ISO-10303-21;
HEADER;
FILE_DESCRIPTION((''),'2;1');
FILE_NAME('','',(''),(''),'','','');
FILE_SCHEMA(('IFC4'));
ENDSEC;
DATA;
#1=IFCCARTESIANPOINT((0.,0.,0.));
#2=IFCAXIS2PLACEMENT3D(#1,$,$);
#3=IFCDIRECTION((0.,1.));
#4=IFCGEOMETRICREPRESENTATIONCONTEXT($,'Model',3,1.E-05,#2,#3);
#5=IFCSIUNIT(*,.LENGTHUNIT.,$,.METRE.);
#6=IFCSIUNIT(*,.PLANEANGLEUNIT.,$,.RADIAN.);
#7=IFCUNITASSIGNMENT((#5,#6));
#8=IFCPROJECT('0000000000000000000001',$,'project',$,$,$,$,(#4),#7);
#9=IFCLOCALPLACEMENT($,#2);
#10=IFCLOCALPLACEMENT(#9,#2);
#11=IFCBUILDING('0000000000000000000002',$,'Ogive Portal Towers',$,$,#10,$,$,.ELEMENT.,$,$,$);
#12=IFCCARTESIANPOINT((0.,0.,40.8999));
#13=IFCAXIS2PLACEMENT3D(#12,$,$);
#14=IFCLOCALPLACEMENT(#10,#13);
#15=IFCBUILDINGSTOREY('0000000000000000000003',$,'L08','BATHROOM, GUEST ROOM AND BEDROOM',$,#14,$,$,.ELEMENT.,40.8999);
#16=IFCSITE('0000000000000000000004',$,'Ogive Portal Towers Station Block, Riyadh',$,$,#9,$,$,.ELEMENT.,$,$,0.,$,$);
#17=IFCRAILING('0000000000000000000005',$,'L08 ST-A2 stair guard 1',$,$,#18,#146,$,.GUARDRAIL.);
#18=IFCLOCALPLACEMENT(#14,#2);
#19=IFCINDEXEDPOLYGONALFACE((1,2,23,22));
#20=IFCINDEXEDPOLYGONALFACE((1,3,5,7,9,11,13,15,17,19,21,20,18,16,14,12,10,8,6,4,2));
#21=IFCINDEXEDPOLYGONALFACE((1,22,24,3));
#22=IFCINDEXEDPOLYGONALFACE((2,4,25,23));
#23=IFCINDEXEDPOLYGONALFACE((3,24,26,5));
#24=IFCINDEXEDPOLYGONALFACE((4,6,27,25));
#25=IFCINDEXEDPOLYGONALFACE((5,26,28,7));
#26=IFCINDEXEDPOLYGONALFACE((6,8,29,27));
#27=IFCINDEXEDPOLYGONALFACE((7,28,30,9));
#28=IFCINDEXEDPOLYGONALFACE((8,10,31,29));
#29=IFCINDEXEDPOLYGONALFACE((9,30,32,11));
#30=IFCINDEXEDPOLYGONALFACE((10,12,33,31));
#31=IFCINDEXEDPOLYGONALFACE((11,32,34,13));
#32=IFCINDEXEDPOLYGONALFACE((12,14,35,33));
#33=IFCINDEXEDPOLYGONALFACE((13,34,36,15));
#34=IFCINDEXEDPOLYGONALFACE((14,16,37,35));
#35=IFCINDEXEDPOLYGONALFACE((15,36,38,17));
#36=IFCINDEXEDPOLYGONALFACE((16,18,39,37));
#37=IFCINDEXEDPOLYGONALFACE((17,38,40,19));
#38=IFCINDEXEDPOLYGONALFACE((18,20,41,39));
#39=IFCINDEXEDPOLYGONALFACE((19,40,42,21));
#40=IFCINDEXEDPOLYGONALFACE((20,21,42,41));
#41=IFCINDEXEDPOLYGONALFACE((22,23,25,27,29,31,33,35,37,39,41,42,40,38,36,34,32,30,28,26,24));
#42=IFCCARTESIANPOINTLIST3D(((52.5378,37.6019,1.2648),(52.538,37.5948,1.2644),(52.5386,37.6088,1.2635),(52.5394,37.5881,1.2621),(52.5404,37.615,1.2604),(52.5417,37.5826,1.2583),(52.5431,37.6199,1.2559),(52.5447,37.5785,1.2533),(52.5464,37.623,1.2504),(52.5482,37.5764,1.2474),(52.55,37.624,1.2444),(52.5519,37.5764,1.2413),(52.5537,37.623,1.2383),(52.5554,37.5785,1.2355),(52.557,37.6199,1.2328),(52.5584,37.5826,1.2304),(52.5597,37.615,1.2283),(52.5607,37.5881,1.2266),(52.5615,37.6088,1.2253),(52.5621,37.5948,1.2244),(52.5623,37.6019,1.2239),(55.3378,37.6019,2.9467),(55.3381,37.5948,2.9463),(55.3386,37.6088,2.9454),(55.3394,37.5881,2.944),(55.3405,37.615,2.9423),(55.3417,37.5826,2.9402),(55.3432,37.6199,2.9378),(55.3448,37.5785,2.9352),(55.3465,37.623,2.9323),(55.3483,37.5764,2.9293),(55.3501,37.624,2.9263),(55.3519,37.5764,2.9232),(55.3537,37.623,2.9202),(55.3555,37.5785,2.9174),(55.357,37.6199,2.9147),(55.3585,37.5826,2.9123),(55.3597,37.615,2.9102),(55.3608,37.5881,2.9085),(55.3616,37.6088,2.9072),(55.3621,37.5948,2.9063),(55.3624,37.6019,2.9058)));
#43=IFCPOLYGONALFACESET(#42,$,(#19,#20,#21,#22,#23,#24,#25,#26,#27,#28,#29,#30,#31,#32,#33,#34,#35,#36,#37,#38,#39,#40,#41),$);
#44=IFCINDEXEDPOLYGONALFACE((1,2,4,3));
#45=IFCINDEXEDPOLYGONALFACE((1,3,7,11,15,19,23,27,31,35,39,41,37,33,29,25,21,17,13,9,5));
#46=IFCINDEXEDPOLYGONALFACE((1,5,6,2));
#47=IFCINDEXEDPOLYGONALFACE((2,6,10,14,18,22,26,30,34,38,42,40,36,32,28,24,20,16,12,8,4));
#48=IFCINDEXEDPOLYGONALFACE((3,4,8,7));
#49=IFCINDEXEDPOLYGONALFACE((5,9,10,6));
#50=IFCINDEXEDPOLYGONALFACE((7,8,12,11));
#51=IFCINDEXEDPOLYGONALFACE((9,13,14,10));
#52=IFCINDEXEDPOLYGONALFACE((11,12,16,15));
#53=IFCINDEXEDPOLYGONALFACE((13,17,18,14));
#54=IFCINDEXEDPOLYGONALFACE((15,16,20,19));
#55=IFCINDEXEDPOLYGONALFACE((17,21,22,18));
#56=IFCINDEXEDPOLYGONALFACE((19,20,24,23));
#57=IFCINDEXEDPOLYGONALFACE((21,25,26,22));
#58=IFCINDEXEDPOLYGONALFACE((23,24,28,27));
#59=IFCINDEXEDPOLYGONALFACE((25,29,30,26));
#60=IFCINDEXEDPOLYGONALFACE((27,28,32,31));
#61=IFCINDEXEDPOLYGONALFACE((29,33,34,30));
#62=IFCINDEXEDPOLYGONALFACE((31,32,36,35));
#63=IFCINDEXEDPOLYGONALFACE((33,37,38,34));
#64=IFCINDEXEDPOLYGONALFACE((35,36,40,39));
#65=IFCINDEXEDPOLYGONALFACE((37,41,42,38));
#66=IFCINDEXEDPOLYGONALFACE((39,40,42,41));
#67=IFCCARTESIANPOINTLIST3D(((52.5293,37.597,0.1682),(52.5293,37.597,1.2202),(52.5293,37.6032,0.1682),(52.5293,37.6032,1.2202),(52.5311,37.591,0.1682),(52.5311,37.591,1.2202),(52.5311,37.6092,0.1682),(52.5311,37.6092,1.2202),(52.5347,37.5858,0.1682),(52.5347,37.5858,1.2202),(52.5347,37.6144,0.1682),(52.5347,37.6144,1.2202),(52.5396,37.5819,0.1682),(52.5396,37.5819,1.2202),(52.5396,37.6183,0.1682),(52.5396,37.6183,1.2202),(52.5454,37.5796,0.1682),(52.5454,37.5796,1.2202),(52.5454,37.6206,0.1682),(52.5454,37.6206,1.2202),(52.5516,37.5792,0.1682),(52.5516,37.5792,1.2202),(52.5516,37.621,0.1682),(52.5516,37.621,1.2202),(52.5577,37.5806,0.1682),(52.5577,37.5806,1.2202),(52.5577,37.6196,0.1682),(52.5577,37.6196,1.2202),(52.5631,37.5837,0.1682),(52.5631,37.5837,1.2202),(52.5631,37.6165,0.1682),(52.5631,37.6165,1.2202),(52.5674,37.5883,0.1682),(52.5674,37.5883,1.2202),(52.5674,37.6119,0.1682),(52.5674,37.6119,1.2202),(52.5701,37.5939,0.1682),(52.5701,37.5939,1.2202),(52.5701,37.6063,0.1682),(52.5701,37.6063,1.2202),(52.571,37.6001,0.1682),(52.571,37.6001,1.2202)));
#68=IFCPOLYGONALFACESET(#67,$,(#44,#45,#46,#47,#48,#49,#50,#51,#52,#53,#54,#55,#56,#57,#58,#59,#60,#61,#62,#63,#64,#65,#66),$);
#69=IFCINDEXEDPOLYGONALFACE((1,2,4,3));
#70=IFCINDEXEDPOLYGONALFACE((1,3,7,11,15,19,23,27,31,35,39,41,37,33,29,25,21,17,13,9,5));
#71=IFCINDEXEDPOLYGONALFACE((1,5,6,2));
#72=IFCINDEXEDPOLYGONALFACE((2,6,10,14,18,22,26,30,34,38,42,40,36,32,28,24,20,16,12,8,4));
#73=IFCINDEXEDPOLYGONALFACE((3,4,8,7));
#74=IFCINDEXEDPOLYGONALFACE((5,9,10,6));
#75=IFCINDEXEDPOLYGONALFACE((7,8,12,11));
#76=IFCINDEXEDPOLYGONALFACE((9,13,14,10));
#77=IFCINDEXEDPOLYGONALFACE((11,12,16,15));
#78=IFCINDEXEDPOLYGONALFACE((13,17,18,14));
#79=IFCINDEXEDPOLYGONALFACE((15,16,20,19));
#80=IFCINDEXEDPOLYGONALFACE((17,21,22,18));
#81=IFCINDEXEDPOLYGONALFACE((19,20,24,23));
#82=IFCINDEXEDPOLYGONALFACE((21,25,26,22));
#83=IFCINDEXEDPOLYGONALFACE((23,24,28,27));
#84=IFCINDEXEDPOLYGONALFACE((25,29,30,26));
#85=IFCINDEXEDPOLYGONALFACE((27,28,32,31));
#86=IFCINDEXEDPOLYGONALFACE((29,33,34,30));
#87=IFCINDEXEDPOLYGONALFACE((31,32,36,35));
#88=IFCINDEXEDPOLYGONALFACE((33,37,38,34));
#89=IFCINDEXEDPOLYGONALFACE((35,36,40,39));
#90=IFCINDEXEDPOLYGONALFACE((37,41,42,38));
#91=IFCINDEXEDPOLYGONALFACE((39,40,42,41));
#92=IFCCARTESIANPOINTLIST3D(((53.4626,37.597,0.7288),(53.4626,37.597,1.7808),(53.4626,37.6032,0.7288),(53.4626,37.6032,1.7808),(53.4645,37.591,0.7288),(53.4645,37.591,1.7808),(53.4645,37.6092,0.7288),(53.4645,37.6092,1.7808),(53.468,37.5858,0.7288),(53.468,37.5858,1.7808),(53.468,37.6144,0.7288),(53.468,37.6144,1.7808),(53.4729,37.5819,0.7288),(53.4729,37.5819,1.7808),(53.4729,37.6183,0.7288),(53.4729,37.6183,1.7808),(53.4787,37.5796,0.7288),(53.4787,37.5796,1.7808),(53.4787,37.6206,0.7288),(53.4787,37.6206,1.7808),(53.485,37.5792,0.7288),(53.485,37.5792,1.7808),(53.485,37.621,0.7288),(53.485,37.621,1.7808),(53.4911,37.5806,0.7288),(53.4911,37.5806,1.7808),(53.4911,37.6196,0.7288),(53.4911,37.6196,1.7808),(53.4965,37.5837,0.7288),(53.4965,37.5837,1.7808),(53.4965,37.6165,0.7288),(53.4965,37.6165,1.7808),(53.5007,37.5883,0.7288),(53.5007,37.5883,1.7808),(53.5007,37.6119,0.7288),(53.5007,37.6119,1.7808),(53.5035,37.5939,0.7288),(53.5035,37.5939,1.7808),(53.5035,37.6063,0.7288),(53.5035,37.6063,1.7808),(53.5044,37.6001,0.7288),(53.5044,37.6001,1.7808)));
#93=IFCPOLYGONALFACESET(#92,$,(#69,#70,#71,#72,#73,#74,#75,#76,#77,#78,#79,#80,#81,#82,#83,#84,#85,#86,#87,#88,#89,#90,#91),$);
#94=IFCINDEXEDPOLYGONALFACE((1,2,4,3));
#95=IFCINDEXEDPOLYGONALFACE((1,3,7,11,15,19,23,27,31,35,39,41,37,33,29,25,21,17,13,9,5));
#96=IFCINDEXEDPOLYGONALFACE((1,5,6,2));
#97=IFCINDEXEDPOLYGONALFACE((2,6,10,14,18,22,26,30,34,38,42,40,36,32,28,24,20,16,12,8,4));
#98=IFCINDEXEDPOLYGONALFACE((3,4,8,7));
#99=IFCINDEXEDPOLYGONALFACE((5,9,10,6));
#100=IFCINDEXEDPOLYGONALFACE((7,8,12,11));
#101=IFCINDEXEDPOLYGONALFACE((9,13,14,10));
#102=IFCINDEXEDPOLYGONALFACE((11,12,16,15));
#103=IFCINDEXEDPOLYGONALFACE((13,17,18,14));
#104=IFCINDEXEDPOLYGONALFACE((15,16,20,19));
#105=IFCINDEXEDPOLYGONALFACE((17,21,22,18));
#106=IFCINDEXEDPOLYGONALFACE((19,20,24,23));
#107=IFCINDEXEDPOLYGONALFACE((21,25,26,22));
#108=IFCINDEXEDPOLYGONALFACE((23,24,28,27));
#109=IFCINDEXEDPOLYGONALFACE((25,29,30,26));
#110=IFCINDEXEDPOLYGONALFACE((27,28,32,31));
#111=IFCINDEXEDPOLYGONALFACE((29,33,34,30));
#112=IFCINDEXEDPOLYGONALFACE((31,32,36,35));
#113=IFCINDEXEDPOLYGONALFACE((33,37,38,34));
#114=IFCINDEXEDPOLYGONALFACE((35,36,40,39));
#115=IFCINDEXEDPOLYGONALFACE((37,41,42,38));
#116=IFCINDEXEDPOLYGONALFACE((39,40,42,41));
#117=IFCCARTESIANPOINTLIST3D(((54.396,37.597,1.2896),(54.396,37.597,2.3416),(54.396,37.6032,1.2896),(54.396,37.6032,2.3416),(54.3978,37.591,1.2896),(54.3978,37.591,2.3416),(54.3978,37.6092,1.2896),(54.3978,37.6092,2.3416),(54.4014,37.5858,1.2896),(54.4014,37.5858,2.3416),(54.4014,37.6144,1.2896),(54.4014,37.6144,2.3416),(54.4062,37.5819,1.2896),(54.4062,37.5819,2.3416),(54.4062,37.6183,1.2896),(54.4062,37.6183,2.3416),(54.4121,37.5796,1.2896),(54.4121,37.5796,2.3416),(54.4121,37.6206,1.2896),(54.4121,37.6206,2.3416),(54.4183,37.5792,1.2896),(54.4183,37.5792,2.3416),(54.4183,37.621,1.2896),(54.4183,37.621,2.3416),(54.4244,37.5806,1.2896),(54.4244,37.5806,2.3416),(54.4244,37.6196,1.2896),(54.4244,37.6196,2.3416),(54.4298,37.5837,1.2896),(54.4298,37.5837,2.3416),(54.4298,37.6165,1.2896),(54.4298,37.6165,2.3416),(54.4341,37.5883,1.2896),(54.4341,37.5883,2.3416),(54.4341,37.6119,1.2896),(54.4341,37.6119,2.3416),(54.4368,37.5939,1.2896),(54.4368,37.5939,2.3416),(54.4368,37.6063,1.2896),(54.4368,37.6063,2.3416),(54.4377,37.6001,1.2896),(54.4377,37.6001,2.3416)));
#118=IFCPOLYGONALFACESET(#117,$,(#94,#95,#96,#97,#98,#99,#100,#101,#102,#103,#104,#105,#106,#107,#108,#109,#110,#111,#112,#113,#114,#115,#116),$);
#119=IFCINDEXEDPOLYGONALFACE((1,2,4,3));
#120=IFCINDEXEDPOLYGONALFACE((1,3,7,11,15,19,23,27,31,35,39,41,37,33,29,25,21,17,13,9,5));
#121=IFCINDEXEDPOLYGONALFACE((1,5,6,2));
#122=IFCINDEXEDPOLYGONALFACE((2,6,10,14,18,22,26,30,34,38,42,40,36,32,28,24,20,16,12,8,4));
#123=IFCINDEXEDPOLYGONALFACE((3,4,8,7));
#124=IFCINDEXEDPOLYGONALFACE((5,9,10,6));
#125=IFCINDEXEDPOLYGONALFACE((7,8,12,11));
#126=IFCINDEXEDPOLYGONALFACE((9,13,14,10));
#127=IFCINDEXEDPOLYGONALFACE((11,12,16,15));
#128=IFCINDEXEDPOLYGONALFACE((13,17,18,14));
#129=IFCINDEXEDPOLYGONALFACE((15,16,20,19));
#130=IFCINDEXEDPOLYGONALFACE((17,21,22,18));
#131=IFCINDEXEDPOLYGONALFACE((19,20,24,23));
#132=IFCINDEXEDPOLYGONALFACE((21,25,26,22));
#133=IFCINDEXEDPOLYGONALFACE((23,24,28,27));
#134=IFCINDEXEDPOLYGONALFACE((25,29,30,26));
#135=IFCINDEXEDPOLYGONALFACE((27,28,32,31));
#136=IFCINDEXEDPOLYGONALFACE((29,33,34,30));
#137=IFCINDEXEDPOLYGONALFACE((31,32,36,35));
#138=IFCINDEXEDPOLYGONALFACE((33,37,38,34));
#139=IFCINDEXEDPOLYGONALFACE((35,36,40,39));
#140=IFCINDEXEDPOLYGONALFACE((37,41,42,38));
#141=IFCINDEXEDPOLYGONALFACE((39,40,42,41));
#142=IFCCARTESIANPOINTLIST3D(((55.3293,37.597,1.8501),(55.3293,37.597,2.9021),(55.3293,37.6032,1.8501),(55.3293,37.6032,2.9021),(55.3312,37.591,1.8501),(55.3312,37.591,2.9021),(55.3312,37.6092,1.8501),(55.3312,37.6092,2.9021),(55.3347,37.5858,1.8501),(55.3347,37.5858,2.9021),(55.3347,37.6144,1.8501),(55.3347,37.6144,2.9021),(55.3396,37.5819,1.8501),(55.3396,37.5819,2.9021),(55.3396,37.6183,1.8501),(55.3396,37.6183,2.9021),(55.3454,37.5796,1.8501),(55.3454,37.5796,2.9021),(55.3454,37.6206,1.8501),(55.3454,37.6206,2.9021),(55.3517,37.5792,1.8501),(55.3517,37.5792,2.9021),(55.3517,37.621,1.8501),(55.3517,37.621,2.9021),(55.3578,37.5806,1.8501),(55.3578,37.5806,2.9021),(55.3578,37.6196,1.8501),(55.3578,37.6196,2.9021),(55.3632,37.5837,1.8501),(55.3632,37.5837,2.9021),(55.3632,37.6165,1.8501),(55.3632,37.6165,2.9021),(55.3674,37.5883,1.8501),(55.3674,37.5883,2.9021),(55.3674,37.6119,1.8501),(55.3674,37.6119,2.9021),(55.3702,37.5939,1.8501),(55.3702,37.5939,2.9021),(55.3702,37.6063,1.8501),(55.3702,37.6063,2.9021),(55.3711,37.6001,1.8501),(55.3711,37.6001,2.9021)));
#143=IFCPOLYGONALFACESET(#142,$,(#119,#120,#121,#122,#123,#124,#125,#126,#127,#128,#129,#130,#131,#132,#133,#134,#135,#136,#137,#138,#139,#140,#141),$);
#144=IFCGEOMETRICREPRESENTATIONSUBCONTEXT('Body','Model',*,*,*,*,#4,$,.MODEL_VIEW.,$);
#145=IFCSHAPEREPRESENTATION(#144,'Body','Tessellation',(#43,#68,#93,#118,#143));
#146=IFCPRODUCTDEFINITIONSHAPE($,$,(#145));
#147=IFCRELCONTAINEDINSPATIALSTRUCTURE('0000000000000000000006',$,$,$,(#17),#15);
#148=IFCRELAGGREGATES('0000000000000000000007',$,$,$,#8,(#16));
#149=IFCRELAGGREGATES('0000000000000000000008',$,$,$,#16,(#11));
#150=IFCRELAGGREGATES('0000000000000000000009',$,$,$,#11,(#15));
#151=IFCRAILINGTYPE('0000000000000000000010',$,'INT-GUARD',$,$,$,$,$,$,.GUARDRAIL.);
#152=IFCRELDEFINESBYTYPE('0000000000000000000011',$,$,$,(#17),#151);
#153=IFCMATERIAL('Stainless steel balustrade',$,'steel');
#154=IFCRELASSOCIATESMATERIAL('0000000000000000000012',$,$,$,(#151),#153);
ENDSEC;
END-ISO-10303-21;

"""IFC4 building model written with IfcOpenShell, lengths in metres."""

from ifc_helpers import new_model, si_unit, direction, frame, origin, origin_2d, place, context, subcontext, project, spatial, circle, extrude, material, type_object, element, save


model = new_model("IFC4")

# Units and contexts
model_context = context("Model", 3, precision=1e-05, world=origin(), true_north=direction((0.0, 1.0)))
body_context = subcontext(model_context, "Body", "Model", "MODEL_VIEW")
ifc_project = project(units=[si_unit("LENGTHUNIT", "METRE"), si_unit("PLANEANGLEUNIT", "RADIAN")], contexts=[model_context])

# Site, building, storey
site_placement = place(None, origin())
site = spatial("IfcSite", under=ifc_project, at=site_placement, Name="Ogive Portal Towers Station Block, Riyadh", CompositionType="ELEMENT", RefElevation=0.0)
building_placement = place(site_placement, origin())
building = spatial("IfcBuilding", under=site, at=building_placement, Name="Ogive Portal Towers", CompositionType="ELEMENT")
storey_placement = place(building_placement, frame((0.0, 0.0, 40.8999)))
storey = spatial("IfcBuildingStorey", under=building, at=storey_placement, Name="L08", Description="BATHROOM, GUEST ROOM AND BEDROOM", CompositionType="ELEMENT", Elevation=40.8999)

# Railing
ifc_material_1 = material(Name="Stainless steel balustrade", Category="steel")
railing_type_1 = type_object("IfcRailingType", Name="INT-GUARD", PredefinedType="GUARDRAIL", material=ifc_material_1)
railing_1_placement = place(storey_placement, frame((52.55, 37.6001, 0.1682)))
element("IfcRailing", 1, at=railing_1_placement, inside=storey, type_object=railing_type_1, Name="L08 ST-A2 stair guard 1", PredefinedType="GUARDRAIL", context=body_context, shape_type="SweptSolid", body=[
    extrude(circle(Radius=0.0239, at=origin_2d()), frame((0.0, 0.0, 1.0762), z_axis=(0.857242, 0.0, 0.514913), x_axis=(0.0, 1.0, 0.0)), (0.0, 0.0, 1.0), 3.2664),
    extrude(circle(Radius=0.021, at=origin_2d()), origin(), (0.0, 0.0, 1.0), 1.052),
    extrude(circle(Radius=0.021, at=origin_2d()), frame((0.9333, 0.0, 0.5605)), (0.0, 0.0, 1.0), 1.052),
    extrude(circle(Radius=0.021, at=origin_2d()), frame((1.8667, 0.0, 1.1213)), (0.0, 0.0, 1.0), 1.052),
    extrude(circle(Radius=0.021, at=origin_2d()), frame((2.8, 0.0, 1.6819)), (0.0, 0.0, 1.0), 1.052),
])

save(model, "model.ifc")
